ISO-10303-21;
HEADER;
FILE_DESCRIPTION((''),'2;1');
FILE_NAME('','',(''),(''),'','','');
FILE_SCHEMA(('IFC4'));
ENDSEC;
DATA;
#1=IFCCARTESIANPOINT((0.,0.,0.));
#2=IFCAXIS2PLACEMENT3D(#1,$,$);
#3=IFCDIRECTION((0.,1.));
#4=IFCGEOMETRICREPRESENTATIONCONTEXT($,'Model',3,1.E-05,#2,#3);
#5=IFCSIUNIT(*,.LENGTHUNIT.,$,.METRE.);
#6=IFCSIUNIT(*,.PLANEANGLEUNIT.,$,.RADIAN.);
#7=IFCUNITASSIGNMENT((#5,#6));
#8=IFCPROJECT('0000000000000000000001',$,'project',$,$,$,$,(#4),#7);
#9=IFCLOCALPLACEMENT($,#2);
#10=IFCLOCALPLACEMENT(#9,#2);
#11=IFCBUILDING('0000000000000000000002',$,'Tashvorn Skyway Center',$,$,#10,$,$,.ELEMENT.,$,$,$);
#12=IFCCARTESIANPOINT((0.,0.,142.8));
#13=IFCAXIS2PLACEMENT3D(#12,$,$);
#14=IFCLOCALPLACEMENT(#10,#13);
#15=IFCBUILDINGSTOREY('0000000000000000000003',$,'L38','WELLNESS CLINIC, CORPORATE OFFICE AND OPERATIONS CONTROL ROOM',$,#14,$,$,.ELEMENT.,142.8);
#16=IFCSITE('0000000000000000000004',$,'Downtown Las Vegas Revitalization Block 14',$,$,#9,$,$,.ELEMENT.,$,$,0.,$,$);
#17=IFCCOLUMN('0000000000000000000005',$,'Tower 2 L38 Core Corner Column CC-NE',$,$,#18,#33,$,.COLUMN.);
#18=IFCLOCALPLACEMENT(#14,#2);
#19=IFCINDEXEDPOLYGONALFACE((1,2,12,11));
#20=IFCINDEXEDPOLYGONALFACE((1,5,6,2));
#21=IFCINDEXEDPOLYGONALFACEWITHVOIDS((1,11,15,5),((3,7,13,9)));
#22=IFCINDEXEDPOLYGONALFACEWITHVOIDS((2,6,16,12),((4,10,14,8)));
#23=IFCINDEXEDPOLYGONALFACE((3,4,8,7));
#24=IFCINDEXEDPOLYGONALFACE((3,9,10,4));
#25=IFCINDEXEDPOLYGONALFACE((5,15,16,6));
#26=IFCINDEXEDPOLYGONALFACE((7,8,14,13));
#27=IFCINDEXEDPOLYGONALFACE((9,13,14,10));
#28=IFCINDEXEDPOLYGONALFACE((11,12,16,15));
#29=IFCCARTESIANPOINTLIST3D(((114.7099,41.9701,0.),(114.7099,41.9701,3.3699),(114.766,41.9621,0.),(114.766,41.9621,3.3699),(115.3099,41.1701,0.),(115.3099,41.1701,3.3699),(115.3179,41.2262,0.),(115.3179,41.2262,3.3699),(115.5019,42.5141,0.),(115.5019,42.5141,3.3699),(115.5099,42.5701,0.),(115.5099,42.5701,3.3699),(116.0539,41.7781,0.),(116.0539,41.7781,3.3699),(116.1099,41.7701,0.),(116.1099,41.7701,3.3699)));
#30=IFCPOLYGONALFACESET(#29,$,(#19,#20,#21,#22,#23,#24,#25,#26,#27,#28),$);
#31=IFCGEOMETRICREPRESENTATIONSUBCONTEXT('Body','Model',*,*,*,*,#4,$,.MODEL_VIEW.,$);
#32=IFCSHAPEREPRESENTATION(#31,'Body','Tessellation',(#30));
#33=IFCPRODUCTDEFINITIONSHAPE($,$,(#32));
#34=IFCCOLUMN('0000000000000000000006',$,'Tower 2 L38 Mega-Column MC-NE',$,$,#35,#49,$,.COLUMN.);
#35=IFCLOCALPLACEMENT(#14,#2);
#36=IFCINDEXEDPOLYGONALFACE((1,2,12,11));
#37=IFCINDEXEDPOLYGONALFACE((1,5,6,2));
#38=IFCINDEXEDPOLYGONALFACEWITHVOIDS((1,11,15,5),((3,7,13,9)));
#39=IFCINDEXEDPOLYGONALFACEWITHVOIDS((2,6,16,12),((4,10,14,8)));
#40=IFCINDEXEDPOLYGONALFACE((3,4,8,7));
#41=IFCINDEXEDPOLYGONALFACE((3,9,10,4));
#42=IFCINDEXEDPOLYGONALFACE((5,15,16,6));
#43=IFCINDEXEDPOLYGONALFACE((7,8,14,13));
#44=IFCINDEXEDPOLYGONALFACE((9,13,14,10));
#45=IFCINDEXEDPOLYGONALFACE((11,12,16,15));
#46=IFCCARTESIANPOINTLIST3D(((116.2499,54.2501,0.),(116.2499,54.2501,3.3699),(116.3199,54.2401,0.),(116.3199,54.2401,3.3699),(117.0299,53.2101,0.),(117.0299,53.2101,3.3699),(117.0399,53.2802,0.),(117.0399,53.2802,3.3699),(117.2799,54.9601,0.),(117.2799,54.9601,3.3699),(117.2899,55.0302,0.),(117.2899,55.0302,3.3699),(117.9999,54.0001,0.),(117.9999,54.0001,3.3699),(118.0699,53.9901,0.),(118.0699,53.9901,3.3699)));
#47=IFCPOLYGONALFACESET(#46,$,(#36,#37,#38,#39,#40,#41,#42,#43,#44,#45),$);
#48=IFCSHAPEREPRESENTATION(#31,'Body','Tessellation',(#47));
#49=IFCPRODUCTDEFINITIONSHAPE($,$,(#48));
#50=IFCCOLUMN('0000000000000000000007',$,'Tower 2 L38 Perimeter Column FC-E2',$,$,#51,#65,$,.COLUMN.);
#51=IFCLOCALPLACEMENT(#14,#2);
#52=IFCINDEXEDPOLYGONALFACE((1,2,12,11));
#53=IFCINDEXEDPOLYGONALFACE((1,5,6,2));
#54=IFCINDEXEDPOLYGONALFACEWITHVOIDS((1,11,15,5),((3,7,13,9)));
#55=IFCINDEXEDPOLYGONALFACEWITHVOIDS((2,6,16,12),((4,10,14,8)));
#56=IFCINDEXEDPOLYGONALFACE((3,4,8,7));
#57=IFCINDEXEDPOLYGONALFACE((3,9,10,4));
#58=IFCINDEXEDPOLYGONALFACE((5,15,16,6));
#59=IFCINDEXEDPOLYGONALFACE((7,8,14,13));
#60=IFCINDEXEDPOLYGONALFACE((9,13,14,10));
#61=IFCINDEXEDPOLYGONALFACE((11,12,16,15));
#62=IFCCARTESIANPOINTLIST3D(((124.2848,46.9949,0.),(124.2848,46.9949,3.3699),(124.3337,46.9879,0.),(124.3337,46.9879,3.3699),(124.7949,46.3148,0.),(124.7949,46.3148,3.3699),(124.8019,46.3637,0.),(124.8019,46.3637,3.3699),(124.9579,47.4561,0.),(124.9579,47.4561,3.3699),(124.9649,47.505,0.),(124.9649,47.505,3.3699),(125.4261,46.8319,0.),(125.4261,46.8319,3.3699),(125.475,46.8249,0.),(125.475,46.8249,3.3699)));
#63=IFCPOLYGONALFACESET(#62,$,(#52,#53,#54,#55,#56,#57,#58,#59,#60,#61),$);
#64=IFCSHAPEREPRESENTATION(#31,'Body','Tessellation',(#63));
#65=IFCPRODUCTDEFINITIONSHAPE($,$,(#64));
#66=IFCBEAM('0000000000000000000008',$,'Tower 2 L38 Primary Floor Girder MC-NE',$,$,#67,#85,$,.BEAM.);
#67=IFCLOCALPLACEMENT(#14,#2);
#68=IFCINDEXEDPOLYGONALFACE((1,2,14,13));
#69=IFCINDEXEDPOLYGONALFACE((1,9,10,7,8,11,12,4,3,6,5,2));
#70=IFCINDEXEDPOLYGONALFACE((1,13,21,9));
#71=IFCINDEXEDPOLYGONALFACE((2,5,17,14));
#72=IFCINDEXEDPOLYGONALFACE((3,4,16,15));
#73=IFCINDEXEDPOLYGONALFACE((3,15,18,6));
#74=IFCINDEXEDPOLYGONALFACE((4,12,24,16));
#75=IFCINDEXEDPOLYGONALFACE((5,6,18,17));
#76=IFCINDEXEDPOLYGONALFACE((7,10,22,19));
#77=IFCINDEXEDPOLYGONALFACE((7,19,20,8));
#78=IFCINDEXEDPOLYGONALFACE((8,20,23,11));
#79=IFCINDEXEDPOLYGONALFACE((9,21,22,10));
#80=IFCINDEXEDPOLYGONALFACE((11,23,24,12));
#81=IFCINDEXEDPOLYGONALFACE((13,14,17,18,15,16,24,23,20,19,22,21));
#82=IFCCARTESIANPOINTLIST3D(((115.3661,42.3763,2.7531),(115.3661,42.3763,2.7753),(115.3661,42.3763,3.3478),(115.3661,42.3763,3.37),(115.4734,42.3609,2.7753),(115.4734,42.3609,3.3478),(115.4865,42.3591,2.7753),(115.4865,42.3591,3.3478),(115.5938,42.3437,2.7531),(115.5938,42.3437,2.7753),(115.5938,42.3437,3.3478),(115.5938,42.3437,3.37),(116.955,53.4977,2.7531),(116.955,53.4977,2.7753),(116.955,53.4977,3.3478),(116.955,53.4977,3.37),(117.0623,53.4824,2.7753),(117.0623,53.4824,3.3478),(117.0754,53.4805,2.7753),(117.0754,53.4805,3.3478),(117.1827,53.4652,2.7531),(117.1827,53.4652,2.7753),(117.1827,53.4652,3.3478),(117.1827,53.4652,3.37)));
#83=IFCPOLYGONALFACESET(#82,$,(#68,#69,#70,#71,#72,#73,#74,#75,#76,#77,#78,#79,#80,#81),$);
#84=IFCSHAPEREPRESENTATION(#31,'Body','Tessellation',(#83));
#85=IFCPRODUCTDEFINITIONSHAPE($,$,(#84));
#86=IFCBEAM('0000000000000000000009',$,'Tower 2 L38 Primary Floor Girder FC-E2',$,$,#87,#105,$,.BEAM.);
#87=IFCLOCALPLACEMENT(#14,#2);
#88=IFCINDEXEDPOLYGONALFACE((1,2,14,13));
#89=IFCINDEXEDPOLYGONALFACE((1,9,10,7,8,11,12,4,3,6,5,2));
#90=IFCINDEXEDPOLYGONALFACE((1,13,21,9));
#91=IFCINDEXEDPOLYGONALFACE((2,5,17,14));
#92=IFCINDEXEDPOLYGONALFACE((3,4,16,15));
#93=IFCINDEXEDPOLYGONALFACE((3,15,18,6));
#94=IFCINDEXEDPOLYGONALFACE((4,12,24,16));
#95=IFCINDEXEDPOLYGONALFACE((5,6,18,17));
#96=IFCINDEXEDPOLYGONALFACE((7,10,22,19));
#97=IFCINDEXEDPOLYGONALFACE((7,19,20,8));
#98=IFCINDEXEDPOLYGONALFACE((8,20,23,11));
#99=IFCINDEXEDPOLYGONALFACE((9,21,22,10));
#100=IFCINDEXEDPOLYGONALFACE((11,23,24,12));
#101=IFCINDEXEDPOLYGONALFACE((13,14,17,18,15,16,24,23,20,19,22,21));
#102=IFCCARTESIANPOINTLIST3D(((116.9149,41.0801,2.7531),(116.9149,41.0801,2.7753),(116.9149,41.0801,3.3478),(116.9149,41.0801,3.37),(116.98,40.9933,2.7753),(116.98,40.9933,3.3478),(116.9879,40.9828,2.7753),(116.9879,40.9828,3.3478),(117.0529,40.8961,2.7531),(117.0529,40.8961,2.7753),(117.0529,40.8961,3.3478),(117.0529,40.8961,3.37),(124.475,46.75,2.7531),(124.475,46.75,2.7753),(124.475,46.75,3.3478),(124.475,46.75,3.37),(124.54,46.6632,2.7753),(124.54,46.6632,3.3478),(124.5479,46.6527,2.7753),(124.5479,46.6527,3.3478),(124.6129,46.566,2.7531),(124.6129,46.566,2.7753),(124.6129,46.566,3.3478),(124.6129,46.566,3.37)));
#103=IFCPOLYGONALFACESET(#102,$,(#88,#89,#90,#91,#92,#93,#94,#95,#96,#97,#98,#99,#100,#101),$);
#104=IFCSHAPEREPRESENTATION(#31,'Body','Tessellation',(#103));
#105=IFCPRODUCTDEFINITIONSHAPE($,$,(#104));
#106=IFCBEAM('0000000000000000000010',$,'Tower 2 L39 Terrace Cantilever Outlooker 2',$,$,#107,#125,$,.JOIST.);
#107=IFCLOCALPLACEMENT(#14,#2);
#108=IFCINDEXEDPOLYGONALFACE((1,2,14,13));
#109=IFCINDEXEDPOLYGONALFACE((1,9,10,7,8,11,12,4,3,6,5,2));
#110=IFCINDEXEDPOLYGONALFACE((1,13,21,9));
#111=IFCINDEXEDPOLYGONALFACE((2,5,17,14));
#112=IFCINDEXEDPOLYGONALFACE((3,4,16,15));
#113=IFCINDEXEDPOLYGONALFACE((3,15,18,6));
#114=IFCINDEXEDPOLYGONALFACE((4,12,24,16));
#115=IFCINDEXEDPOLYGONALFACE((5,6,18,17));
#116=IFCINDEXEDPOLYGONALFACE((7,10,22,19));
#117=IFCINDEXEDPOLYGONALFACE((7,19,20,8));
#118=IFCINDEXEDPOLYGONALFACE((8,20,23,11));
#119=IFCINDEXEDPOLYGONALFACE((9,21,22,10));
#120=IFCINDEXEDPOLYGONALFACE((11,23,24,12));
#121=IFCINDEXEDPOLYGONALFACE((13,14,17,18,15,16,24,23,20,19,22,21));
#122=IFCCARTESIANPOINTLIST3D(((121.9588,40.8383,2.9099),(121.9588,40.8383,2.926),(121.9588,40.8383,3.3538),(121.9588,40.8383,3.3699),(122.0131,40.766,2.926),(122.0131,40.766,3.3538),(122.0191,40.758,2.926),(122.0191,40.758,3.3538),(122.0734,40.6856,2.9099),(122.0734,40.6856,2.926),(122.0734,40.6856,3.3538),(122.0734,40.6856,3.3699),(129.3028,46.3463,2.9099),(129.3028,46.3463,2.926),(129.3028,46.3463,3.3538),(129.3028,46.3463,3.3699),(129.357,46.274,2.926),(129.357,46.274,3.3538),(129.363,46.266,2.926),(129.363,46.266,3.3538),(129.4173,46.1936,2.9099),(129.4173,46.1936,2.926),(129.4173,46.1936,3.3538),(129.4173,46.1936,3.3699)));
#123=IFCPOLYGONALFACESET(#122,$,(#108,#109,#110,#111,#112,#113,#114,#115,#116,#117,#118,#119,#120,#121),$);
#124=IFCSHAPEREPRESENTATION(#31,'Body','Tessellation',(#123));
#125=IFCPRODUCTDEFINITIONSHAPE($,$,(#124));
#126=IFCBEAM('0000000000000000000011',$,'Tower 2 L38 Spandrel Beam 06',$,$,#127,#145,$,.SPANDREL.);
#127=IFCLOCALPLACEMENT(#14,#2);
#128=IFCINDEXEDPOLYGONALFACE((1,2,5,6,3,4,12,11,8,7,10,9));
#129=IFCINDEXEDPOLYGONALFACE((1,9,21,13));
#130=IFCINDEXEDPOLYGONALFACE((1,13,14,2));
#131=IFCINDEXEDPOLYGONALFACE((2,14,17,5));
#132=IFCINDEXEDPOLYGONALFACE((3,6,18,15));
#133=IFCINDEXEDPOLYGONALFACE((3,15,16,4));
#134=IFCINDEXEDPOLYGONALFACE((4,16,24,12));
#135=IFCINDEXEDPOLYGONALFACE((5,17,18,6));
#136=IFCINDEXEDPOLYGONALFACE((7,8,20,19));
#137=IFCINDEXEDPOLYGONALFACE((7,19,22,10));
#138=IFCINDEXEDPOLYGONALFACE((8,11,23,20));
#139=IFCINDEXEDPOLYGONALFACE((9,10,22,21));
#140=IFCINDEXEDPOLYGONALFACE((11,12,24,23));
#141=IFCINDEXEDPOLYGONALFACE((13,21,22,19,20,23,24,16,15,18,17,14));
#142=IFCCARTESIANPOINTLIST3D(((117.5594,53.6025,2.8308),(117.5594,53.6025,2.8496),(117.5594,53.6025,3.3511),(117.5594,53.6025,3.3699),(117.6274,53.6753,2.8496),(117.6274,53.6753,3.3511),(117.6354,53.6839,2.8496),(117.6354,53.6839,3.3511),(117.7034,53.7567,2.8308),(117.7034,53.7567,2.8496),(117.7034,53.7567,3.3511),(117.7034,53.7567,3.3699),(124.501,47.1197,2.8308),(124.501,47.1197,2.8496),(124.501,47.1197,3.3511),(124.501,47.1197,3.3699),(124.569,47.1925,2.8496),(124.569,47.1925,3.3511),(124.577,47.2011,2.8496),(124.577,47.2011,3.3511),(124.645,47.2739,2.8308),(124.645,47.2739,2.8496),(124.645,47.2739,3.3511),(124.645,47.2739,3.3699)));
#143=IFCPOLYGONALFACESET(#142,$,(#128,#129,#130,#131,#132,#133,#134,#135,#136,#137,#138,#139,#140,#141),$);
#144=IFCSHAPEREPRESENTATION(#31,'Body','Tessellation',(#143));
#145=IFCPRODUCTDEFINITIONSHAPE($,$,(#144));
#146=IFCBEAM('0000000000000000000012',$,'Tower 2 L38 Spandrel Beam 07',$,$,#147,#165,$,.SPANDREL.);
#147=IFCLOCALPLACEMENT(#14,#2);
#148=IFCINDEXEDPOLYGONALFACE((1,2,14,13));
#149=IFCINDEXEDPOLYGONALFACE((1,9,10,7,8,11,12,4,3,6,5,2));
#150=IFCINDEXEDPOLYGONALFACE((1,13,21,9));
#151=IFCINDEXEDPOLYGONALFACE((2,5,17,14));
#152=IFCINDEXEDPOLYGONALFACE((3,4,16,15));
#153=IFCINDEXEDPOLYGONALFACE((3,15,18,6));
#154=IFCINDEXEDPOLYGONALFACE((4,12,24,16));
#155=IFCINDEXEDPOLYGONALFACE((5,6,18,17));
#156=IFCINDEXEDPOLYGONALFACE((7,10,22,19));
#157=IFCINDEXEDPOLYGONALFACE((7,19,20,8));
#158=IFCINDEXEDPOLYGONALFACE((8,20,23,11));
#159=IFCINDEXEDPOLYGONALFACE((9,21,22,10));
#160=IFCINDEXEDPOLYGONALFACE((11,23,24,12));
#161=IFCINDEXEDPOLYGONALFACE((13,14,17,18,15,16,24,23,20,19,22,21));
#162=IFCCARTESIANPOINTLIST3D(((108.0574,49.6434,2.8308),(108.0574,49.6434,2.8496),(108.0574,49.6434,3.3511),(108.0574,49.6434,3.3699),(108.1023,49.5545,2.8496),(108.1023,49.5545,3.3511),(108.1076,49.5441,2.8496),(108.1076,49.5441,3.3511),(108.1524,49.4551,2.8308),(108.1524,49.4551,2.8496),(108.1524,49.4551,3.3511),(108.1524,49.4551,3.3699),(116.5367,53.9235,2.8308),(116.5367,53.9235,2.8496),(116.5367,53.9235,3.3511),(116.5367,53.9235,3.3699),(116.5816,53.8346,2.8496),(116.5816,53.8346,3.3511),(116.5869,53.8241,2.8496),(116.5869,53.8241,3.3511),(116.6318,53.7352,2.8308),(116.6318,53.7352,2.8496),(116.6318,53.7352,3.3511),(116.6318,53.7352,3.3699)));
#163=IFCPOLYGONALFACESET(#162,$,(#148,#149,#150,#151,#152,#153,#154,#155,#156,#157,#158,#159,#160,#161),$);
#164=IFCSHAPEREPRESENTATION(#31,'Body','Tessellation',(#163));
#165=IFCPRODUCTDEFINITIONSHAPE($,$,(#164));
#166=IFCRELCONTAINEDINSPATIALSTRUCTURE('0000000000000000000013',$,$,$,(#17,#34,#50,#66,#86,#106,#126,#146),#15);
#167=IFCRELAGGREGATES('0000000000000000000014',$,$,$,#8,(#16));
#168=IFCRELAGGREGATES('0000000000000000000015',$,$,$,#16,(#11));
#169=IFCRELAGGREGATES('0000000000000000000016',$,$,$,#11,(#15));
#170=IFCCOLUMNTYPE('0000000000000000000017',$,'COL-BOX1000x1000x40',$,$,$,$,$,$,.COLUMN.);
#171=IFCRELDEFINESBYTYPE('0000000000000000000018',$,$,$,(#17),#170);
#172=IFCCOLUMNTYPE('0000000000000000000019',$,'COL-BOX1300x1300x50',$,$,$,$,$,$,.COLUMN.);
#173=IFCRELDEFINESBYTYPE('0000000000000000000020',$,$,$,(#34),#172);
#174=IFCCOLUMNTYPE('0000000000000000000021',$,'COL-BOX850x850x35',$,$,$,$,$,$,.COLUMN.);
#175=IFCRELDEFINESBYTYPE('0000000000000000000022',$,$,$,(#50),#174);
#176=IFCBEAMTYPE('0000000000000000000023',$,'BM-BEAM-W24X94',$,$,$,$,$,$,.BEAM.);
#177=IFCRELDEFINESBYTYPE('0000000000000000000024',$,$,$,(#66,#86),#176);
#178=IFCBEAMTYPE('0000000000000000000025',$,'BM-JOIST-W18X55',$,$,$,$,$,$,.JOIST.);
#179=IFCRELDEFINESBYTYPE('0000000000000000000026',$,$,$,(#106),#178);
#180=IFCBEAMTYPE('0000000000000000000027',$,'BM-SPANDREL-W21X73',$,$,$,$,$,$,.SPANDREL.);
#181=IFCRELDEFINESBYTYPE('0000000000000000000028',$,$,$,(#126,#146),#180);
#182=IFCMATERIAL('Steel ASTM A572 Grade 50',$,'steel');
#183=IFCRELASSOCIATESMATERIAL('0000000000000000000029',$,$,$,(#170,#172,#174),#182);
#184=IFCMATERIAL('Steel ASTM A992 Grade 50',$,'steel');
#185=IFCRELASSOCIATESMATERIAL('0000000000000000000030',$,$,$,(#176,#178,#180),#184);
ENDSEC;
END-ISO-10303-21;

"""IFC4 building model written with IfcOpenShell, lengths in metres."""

from ifc_helpers import new_model, si_unit, direction, frame, origin, origin_2d, place, context, subcontext, project, spatial, hollow_rectangle, i_section, extrude, material, material_profile, profile_set, type_object, element, save


model = new_model("IFC4")

# Units and contexts
model_context = context("Model", 3, precision=1e-05, world=origin(), true_north=direction((0.0, 1.0)))
body_context = subcontext(model_context, "Body", "Model", "MODEL_VIEW")
ifc_project = project(units=[si_unit("LENGTHUNIT", "METRE"), si_unit("PLANEANGLEUNIT", "RADIAN")], contexts=[model_context])

# Site, building, storey
site_placement = place(None, origin())
site = spatial("IfcSite", under=ifc_project, at=site_placement, Name="Downtown Las Vegas Revitalization Block 14", CompositionType="ELEMENT", RefElevation=0.0)
building_placement = place(site_placement, origin())
building = spatial("IfcBuilding", under=site, at=building_placement, Name="Tashvorn Skyway Center", CompositionType="ELEMENT")
storey_placement = place(building_placement, frame((0.0, 0.0, 142.8)))
storey = spatial("IfcBuildingStorey", under=building, at=storey_placement, Name="L38", Description="WELLNESS CLINIC, CORPORATE OFFICE AND OPERATIONS CONTROL ROOM", CompositionType="ELEMENT", Elevation=142.8)

# Columns
ifc_material_1 = material(Name="Steel ASTM A572 Grade 50", Category="steel")
ifc_material_profile_1 = material_profile(ifc_material_1, hollow_rectangle(XDim=1.0, YDim=1.0, WallThickness=0.04, at=origin_2d()), Name="BOX1000x1000x40")
ifc_profile_set_1 = profile_set([ifc_material_profile_1], Name="Steel ASTM A572 Grade 50")
column_type_1 = type_object("IfcColumnType", Name="COL-BOX1000x1000x40", PredefinedType="COLUMN", material=ifc_profile_set_1)
column_1_placement = place(storey_placement, frame((115.4099, 41.8701, 0.0), z_axis=(0.0, 0.0, 1.0), x_axis=(0.8, 0.6, 0.0)))
element("IfcColumn", 1, at=column_1_placement, inside=storey, type_object=column_type_1, Name="Tower 2 L38 Core Corner Column CC-NE", PredefinedType="COLUMN", context=body_context, shape_type="SweptSolid", body=[
    extrude(hollow_rectangle(XDim=1.0, YDim=1.0, WallThickness=0.04, at=origin_2d()), origin(), (0.0, 0.0, 1.0), 3.3699),
])
ifc_material_profile_2 = material_profile(ifc_material_1, hollow_rectangle(XDim=1.3, YDim=1.3, WallThickness=0.05, at=origin_2d()), Name="BOX1300x1300x50")
ifc_profile_set_2 = profile_set([ifc_material_profile_2], Name="Steel ASTM A572 Grade 50")
column_type_2 = type_object("IfcColumnType", Name="COL-BOX1300x1300x50", PredefinedType="COLUMN", material=ifc_profile_set_2)
column_2_placement = place(storey_placement, frame((117.1599, 54.1201, 0.0), z_axis=(0.0, 0.0, 1.0), x_axis=(0.8, 0.6, 0.0)))
element("IfcColumn", 2, at=column_2_placement, inside=storey, type_object=column_type_2, Name="Tower 2 L38 Mega-Column MC-NE", PredefinedType="COLUMN", context=body_context, shape_type="SweptSolid", body=[
    extrude(hollow_rectangle(XDim=1.3, YDim=1.3, WallThickness=0.05, at=origin_2d()), origin(), (0.0, 0.0, 1.0), 3.3699),
])
ifc_material_profile_3 = material_profile(ifc_material_1, hollow_rectangle(XDim=0.8501, YDim=0.8501, WallThickness=0.0349, at=origin_2d()), Name="BOX850x850x35")
ifc_profile_set_3 = profile_set([ifc_material_profile_3], Name="Steel ASTM A572 Grade 50")
column_type_3 = type_object("IfcColumnType", Name="COL-BOX850x850x35", PredefinedType="COLUMN", material=ifc_profile_set_3)
column_3_placement = place(storey_placement, frame((124.8799, 46.9099, 0.0), z_axis=(0.0, 0.0, 1.0), x_axis=(0.8, 0.6, 0.0)))
element("IfcColumn", 3, at=column_3_placement, inside=storey, type_object=column_type_3, Name="Tower 2 L38 Perimeter Column FC-E2", PredefinedType="COLUMN", context=body_context, shape_type="SweptSolid", body=[
    extrude(hollow_rectangle(XDim=0.8501, YDim=0.8501, WallThickness=0.0349, at=origin_2d()), origin(), (0.0, 0.0, 1.0), 3.3699),
])

# Beams
ifc_material_2 = material(Name="Steel ASTM A992 Grade 50", Category="steel")
ifc_material_profile_4 = material_profile(ifc_material_2, i_section(OverallWidth=0.23, OverallDepth=0.6169, WebThickness=0.0132, FlangeThickness=0.0222, at=origin_2d()), Name="W24X94")
ifc_profile_set_4 = profile_set([ifc_material_profile_4], Name="Steel ASTM A992 Grade 50")
beam_type_1 = type_object("IfcBeamType", Name="BM-BEAM-W24X94", PredefinedType="BEAM", material=ifc_profile_set_4)
beam_1_placement = place(storey_placement, frame((117.0688, 53.4814, 3.0615), z_axis=(-0.14143, -0.989948, 0.0), x_axis=(0.989948, -0.14143, 0.0)))
element("IfcBeam", 4, at=beam_1_placement, inside=storey, type_object=beam_type_1, Name="Tower 2 L38 Primary Floor Girder MC-NE", PredefinedType="BEAM", context=body_context, shape_type="SweptSolid", body=[
    extrude(i_section(OverallWidth=0.23, OverallDepth=0.6169, WebThickness=0.0132, FlangeThickness=0.0222, at=origin_2d()), origin(), (0.0, 0.0, 1.0), 11.2344),
])
beam_2_placement = place(storey_placement, frame((124.5439, 46.658, 3.0615), z_axis=(-0.800006, -0.599992, 0.0), x_axis=(0.599992, -0.800006, 0.0)))
element("IfcBeam", 5, at=beam_2_placement, inside=storey, type_object=beam_type_1, Name="Tower 2 L38 Primary Floor Girder FC-E2", PredefinedType="BEAM", context=body_context, shape_type="SweptSolid", body=[
    extrude(i_section(OverallWidth=0.23, OverallDepth=0.6169, WebThickness=0.0132, FlangeThickness=0.0222, at=origin_2d()), origin(), (0.0, 0.0, 1.0), 9.45),
])
ifc_material_profile_5 = material_profile(ifc_material_2, i_section(OverallWidth=0.1909, OverallDepth=0.46, WebThickness=0.01, FlangeThickness=0.0161, at=origin_2d()), Name="W18X55")
ifc_profile_set_5 = profile_set([ifc_material_profile_5], Name="Steel ASTM A992 Grade 50")
beam_type_2 = type_object("IfcBeamType", Name="BM-JOIST-W18X55", PredefinedType="JOIST", material=ifc_profile_set_5)
beam_3_placement = place(storey_placement, frame((122.0161, 40.762, 3.1399), z_axis=(0.799997, 0.600004, 0.0), x_axis=(-0.600004, 0.799997, 0.0)))
element("IfcBeam", 6, at=beam_3_placement, inside=storey, type_object=beam_type_2, Name="Tower 2 L39 Terrace Cantilever Outlooker 2", PredefinedType="JOIST", context=body_context, shape_type="SweptSolid", body=[
    extrude(i_section(OverallWidth=0.1909, OverallDepth=0.46, WebThickness=0.01, FlangeThickness=0.0161, at=origin_2d()), origin(), (0.0, 0.0, 1.0), 9.1799),
])
ifc_material_profile_6 = material_profile(ifc_material_2, i_section(OverallWidth=0.2109, OverallDepth=0.5391, WebThickness=0.0117, FlangeThickness=0.0188, at=origin_2d()), Name="W21X73")
ifc_profile_set_6 = profile_set([ifc_material_profile_6], Name="Steel ASTM A992 Grade 50")
beam_type_3 = type_object("IfcBeamType", Name="BM-SPANDREL-W21X73", PredefinedType="SPANDREL", material=ifc_profile_set_6)
beam_4_placement = place(storey_placement, frame((124.573, 47.1968, 3.1003), z_axis=(-0.730843, 0.682545, 0.0), x_axis=(-0.682545, -0.730843, 0.0)))
element("IfcBeam", 7, at=beam_4_placement, inside=storey, type_object=beam_type_3, Name="Tower 2 L38 Spandrel Beam 06", PredefinedType="SPANDREL", context=body_context, shape_type="SweptSolid", body=[
    extrude(i_section(OverallWidth=0.2109, OverallDepth=0.5391, WebThickness=0.0117, FlangeThickness=0.0188, at=origin_2d()), origin(), (0.0, 0.0, 1.0), 9.498),
])
beam_5_placement = place(storey_placement, frame((116.5842, 53.8293, 3.1003), z_axis=(-0.892719, -0.450614, 0.0), x_axis=(0.450614, -0.892719, 0.0)))
element("IfcBeam", 8, at=beam_5_placement, inside=storey, type_object=beam_type_3, Name="Tower 2 L38 Spandrel Beam 07", PredefinedType="SPANDREL", context=body_context, shape_type="SweptSolid", body=[
    extrude(i_section(OverallWidth=0.2109, OverallDepth=0.5391, WebThickness=0.0117, FlangeThickness=0.0188, at=origin_2d()), origin(), (0.0, 0.0, 1.0), 9.4983),
])

save(model, "model.ifc")
